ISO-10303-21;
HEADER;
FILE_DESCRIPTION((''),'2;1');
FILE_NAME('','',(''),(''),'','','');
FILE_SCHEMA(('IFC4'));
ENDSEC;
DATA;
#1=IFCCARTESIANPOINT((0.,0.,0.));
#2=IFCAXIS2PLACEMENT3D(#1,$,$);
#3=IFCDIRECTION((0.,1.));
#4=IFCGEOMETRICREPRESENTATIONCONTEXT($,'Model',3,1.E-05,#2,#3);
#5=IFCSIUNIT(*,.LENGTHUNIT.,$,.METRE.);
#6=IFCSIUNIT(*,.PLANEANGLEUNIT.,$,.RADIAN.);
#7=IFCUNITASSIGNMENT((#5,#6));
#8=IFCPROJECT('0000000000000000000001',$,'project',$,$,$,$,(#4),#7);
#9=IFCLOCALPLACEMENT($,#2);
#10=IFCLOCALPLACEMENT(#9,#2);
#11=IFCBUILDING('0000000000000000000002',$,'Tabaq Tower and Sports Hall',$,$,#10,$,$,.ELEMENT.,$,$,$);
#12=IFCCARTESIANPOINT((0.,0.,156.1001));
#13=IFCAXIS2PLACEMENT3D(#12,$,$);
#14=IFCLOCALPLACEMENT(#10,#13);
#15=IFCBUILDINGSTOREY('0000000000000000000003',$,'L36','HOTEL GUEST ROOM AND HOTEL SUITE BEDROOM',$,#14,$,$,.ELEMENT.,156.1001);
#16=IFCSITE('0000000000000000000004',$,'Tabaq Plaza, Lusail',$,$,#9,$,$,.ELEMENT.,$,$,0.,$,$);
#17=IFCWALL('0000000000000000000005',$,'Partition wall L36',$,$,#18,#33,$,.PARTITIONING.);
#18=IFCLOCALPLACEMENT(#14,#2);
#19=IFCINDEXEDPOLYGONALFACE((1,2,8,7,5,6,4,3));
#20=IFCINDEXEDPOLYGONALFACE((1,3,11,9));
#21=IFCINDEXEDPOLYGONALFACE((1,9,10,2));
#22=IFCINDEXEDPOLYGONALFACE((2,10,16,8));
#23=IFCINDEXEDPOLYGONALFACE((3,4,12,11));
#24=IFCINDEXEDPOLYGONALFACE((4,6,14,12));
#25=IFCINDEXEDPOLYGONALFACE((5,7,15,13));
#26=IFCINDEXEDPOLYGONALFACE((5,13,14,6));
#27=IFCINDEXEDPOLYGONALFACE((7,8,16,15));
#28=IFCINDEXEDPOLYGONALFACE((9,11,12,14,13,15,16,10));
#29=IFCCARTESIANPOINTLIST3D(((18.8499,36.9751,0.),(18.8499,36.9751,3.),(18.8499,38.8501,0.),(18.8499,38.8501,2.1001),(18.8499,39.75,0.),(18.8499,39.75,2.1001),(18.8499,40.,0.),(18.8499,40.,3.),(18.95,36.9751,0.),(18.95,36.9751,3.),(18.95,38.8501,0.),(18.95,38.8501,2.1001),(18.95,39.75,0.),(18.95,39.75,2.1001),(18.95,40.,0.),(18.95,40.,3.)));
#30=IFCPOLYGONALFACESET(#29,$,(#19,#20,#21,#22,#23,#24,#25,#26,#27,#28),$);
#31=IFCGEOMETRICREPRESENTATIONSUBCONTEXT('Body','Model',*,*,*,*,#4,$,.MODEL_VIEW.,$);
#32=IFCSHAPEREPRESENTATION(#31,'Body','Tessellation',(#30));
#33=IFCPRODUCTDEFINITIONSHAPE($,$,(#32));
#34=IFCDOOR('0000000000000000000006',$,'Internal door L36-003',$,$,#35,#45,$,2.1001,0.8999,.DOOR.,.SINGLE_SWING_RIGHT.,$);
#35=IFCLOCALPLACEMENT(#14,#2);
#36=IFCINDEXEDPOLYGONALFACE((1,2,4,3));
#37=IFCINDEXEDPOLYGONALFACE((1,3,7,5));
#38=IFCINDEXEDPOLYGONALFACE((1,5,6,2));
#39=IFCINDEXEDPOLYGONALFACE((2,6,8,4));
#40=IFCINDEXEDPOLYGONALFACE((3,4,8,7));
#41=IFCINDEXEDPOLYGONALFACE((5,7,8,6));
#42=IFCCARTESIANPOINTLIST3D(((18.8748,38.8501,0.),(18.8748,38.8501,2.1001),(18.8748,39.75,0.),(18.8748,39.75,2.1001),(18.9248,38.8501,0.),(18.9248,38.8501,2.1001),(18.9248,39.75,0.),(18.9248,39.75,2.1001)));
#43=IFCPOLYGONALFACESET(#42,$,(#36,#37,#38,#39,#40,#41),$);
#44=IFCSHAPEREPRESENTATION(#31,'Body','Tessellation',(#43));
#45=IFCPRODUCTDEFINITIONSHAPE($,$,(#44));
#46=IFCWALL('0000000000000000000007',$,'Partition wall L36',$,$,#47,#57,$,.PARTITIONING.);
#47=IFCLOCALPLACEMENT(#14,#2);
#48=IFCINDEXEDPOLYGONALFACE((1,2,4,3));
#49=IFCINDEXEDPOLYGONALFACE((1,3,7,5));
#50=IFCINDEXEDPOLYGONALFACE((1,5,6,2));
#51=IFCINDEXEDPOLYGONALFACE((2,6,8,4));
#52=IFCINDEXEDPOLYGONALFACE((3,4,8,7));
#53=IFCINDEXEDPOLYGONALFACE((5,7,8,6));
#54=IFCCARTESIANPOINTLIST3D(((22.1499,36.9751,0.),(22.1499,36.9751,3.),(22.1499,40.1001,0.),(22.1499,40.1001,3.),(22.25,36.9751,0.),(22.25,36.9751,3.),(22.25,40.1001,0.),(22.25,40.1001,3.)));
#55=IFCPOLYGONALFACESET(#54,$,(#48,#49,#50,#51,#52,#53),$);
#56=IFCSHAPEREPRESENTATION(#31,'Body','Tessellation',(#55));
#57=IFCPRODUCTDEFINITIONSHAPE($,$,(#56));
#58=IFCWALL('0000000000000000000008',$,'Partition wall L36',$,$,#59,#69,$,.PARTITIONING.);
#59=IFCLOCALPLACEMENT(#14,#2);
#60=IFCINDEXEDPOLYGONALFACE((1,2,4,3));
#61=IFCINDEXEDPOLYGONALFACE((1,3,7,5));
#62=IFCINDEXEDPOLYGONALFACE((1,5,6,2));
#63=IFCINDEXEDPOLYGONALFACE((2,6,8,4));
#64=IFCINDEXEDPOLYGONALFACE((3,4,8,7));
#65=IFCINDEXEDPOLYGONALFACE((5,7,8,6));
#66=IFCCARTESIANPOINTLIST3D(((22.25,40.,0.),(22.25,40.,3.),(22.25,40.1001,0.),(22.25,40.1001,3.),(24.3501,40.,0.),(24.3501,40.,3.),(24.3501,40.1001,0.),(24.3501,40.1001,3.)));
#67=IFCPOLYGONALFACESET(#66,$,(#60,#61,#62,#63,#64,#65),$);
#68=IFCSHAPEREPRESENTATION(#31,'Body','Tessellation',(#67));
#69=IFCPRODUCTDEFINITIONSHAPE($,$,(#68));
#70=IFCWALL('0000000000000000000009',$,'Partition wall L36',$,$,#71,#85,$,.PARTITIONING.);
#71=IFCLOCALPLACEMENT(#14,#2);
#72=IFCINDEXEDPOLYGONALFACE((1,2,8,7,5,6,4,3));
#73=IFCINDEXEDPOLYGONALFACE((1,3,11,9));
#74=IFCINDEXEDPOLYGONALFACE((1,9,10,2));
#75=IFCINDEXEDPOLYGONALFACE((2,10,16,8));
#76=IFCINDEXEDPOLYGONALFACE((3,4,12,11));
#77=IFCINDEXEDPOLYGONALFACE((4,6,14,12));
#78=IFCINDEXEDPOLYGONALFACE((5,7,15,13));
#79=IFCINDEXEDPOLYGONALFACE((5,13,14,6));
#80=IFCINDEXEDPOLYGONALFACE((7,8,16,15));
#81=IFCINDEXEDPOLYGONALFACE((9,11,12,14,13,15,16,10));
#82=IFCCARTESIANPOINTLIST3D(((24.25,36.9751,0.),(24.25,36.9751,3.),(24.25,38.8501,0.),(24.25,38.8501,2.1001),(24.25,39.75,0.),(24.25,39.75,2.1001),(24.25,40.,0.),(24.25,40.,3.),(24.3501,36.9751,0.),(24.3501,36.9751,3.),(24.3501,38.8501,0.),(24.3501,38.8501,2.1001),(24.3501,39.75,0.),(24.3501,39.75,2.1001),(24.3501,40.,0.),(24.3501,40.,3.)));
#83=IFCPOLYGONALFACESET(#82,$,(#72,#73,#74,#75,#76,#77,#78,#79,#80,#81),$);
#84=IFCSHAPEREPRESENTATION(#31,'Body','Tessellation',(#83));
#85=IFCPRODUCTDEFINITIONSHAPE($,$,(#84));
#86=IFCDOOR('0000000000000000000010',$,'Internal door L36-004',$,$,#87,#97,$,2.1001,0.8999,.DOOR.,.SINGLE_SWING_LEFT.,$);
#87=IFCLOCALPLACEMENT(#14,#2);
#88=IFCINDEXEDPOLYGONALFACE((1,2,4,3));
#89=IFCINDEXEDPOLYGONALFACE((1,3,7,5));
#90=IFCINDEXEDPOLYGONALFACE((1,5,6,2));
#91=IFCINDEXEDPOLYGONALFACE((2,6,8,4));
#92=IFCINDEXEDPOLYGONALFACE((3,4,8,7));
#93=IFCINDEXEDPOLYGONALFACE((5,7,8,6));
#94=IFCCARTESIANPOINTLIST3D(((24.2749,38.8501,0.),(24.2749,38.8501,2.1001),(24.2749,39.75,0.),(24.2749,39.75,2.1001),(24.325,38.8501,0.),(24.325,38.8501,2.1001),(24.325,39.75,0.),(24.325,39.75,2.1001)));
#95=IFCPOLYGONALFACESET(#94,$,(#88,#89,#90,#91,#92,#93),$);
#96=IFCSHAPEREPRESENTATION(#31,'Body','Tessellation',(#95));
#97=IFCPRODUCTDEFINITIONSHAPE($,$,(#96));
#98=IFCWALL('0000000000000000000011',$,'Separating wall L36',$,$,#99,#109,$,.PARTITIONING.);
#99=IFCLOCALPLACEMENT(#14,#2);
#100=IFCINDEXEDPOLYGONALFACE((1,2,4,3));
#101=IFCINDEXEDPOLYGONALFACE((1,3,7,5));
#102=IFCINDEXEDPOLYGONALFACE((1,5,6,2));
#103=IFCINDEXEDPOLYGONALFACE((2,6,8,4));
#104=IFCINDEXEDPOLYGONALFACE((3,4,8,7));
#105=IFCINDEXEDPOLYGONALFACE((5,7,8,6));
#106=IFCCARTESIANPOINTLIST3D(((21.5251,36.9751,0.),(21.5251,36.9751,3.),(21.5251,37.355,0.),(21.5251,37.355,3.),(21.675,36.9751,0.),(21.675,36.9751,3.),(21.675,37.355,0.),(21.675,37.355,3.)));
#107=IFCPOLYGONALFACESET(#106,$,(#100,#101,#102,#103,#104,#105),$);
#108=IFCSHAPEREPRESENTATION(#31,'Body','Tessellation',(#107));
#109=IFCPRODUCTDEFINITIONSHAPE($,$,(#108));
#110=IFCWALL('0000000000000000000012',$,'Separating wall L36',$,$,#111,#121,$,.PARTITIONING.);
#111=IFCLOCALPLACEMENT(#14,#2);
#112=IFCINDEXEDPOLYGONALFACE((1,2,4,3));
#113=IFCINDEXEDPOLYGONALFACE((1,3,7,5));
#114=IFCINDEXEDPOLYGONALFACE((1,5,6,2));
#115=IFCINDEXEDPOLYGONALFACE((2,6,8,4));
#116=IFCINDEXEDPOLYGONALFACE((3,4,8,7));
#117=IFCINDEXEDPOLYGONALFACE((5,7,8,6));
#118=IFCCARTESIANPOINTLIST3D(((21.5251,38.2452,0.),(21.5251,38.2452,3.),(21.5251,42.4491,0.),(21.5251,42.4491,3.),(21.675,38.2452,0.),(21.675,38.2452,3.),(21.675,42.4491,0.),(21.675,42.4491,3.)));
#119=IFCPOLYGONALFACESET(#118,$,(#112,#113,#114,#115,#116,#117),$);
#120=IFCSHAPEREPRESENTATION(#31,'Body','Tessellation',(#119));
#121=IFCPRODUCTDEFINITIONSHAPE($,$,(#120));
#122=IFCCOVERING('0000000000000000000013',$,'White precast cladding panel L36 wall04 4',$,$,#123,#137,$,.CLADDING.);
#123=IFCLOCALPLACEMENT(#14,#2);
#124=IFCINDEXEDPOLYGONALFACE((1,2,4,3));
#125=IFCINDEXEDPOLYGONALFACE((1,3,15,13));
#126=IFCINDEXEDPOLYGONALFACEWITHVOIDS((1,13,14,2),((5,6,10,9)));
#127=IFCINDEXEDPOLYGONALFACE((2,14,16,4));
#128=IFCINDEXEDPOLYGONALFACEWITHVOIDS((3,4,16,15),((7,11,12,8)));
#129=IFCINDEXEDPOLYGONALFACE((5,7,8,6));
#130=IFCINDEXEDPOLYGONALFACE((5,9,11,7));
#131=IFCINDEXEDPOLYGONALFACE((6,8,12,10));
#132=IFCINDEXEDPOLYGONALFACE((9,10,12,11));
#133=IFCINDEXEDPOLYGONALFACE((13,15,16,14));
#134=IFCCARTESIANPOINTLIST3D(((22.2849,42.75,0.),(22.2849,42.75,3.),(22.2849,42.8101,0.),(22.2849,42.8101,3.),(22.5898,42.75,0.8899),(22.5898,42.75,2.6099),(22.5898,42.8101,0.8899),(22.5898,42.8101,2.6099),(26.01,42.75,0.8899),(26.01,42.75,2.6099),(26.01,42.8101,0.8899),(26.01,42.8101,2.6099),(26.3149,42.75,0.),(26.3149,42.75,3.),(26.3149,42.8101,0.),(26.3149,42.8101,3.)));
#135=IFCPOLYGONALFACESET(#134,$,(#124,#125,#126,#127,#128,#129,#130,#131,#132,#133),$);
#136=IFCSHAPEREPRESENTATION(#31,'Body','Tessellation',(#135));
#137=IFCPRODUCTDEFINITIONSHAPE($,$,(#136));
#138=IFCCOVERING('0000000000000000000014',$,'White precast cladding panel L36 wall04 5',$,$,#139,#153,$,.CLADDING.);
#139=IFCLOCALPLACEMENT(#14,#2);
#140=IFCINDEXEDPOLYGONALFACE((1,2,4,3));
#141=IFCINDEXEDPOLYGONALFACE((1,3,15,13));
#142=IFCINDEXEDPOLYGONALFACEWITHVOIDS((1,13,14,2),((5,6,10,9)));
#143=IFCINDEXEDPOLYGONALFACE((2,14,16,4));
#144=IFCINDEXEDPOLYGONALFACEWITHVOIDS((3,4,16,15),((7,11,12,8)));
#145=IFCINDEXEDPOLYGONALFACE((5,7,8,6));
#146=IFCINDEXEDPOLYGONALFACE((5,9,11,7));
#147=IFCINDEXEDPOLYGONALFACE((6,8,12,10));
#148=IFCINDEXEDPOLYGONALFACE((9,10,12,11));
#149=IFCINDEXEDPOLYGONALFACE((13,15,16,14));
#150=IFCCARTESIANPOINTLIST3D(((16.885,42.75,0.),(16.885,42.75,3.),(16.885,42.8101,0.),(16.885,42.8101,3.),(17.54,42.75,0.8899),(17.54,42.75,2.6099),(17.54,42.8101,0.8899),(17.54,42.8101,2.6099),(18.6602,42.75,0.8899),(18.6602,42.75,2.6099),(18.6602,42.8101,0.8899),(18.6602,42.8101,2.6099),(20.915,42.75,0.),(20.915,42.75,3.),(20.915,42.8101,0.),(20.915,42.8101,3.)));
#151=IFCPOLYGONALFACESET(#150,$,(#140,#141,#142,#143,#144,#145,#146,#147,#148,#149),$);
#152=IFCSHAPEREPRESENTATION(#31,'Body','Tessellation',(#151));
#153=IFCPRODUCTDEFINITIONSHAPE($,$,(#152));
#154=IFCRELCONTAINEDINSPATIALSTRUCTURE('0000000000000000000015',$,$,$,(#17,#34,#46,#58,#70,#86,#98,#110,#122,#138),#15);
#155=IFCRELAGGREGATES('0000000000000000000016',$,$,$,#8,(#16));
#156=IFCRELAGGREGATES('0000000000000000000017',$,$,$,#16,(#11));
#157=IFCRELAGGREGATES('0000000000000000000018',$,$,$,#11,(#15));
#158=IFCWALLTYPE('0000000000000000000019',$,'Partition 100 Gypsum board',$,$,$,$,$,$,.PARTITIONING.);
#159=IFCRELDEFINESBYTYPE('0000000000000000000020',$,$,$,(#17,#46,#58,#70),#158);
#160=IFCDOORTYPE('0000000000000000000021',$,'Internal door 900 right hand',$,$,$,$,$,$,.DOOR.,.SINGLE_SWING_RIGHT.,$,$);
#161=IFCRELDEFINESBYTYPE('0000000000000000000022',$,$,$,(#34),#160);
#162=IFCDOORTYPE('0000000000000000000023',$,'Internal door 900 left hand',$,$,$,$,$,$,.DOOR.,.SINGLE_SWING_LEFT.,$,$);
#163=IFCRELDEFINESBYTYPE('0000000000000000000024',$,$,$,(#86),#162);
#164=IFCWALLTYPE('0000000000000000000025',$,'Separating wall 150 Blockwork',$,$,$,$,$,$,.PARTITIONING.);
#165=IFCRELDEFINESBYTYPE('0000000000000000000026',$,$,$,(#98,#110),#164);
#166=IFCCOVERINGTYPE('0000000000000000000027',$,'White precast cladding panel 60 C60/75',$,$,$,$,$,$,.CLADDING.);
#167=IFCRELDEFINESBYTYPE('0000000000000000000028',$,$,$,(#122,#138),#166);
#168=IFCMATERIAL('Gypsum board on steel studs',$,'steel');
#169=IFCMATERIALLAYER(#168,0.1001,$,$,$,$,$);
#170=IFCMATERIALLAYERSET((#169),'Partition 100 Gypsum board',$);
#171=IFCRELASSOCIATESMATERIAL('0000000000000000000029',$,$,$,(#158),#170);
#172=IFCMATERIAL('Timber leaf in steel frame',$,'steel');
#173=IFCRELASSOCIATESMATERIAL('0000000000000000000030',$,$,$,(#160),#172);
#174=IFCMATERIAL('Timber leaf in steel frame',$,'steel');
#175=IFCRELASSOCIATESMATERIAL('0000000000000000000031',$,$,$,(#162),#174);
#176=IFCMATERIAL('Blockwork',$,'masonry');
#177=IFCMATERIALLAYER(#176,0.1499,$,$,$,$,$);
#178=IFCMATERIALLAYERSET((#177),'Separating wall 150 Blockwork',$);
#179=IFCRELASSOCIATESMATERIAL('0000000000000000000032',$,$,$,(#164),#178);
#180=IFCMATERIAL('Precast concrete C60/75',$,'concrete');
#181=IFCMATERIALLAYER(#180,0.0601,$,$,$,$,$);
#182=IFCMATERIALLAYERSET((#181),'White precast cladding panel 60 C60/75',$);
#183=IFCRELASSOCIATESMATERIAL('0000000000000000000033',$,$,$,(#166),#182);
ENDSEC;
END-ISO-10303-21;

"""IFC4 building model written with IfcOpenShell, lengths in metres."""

from ifc_helpers import new_model, si_unit, direction, frame, frame_2d, origin, place, context, subcontext, project, spatial, polyline, rectangle, outline, extrude, material, layer, layer_set, type_object, element, fill, save


model = new_model("IFC4")

# Units and contexts
model_context = context("Model", 3, precision=1e-05, world=origin(), true_north=direction((0.0, 1.0)))
body_context = subcontext(model_context, "Body", "Model", "MODEL_VIEW")
ifc_project = project(units=[si_unit("LENGTHUNIT", "METRE"), si_unit("PLANEANGLEUNIT", "RADIAN")], contexts=[model_context])

# Site, building, storey
site_placement = place(None, origin())
site = spatial("IfcSite", under=ifc_project, at=site_placement, Name="Tabaq Plaza, Lusail", CompositionType="ELEMENT", RefElevation=0.0)
building_placement = place(site_placement, origin())
building = spatial("IfcBuilding", under=site, at=building_placement, Name="Tabaq Tower and Sports Hall", CompositionType="ELEMENT")
storey_placement = place(building_placement, frame((0.0, 0.0, 156.1001)))
storey = spatial("IfcBuildingStorey", under=building, at=storey_placement, Name="L36", Description="HOTEL GUEST ROOM AND HOTEL SUITE BEDROOM", CompositionType="ELEMENT", Elevation=156.1001)

# Shared definitions
ifc_material_1 = material(Name="Gypsum board on steel studs", Category="steel")
ifc_layer_1 = layer(ifc_material_1, 0.1001)
ifc_layer_set_1 = layer_set([ifc_layer_1], Name="Partition 100 Gypsum board")
wall_type_1 = type_object("IfcWallType", Name="Partition 100 Gypsum board", PredefinedType="PARTITIONING", material=ifc_layer_set_1)

# Wall, opening, door
wall_1_placement = place(storey_placement, frame((18.8999, 40.0, 0.0), z_axis=(0.0, 0.0, 1.0), x_axis=(0.0, -1.0, 0.0)))
wall_1 = element("IfcWall", 1, at=wall_1_placement, inside=storey, type_object=wall_type_1, Name="Partition wall L36", PredefinedType="PARTITIONING", context=body_context, shape_type="SweptSolid", body=[
    extrude(rectangle(XDim=3.0249, YDim=0.1001, at=frame_2d((1.5125, 0.0))), origin(), (0.0, 0.0, 1.0), 3.0),
])
opening_1_placement = place(wall_1_placement, frame((0.25, 0.0, 0.0)))
opening_1 = element("IfcOpeningElement", 2, at=opening_1_placement, cuts=wall_1, PredefinedType="OPENING", context=body_context, shape_type="SweptSolid", body=[
    extrude(rectangle(XDim=0.8999, YDim=2.1001, at=frame_2d((0.45, 1.05))), frame((0.0, 0.05, 0.0), z_axis=(0.0, -1.0, 0.0), x_axis=(1.0, 0.0, 0.0)), (0.0, 0.0, 1.0), 0.1001),
])
ifc_material_2 = material(Name="Timber leaf in steel frame", Category="steel")
door_type_1 = type_object("IfcDoorType", Name="Internal door 900 right hand", OperationType="SINGLE_SWING_RIGHT", PredefinedType="DOOR", material=ifc_material_2)
door_1_placement = place(opening_1_placement, origin())
door_1 = element("IfcDoor", 3, at=door_1_placement, inside=storey, type_object=door_type_1, Name="Internal door L36-003", OperationType="SINGLE_SWING_RIGHT", OverallHeight=2.1001, OverallWidth=0.8999, PredefinedType="DOOR", context=body_context, shape_type="SweptSolid", body=[
    extrude(rectangle(XDim=0.8999, YDim=2.1001, at=frame_2d((0.45, 1.05))), frame((0.0, 0.0249, 0.0), z_axis=(0.0, -1.0, 0.0), x_axis=(1.0, 0.0, 0.0)), (0.0, 0.0, 1.0), 0.05),
])
fill(opening_1, door_1)

# Walls
wall_2_placement = place(storey_placement, frame((22.2, 36.9751, 0.0), z_axis=(0.0, 0.0, 1.0), x_axis=(0.0, 1.0, 0.0)))
element("IfcWall", 4, at=wall_2_placement, inside=storey, type_object=wall_type_1, Name="Partition wall L36", PredefinedType="PARTITIONING", context=body_context, shape_type="SweptSolid", body=[
    extrude(rectangle(XDim=3.125, YDim=0.1001, at=frame_2d((1.5625, 0.0))), origin(), (0.0, 0.0, 1.0), 3.0),
])
wall_3_placement = place(storey_placement, frame((22.25, 40.05, 0.0), z_axis=(0.0, 0.0, 1.0), x_axis=(1.0, 0.0, 0.0)))
element("IfcWall", 5, at=wall_3_placement, inside=storey, type_object=wall_type_1, Name="Partition wall L36", PredefinedType="PARTITIONING", context=body_context, shape_type="SweptSolid", body=[
    extrude(rectangle(XDim=2.1001, YDim=0.1001, at=frame_2d((1.05, 0.0))), origin(), (0.0, 0.0, 1.0), 3.0),
])

# Wall, opening, door
wall_4_placement = place(storey_placement, frame((24.3, 40.0, 0.0), z_axis=(0.0, 0.0, 1.0), x_axis=(0.0, -1.0, 0.0)))
wall_4 = element("IfcWall", 6, at=wall_4_placement, inside=storey, type_object=wall_type_1, Name="Partition wall L36", PredefinedType="PARTITIONING", context=body_context, shape_type="SweptSolid", body=[
    extrude(rectangle(XDim=3.0249, YDim=0.1001, at=frame_2d((1.5125, 0.0))), origin(), (0.0, 0.0, 1.0), 3.0),
])
opening_2_placement = place(wall_4_placement, frame((0.25, 0.0, 0.0)))
opening_2 = element("IfcOpeningElement", 7, at=opening_2_placement, cuts=wall_4, PredefinedType="OPENING", context=body_context, shape_type="SweptSolid", body=[
    extrude(rectangle(XDim=0.8999, YDim=2.1001, at=frame_2d((0.45, 1.05))), frame((0.0, 0.05, 0.0), z_axis=(0.0, -1.0, 0.0), x_axis=(1.0, 0.0, 0.0)), (0.0, 0.0, 1.0), 0.1001),
])
ifc_material_3 = material(Name="Timber leaf in steel frame", Category="steel")
door_type_2 = type_object("IfcDoorType", Name="Internal door 900 left hand", OperationType="SINGLE_SWING_LEFT", PredefinedType="DOOR", material=ifc_material_3)
door_2_placement = place(opening_2_placement, origin())
door_2 = element("IfcDoor", 8, at=door_2_placement, inside=storey, type_object=door_type_2, Name="Internal door L36-004", OperationType="SINGLE_SWING_LEFT", OverallHeight=2.1001, OverallWidth=0.8999, PredefinedType="DOOR", context=body_context, shape_type="SweptSolid", body=[
    extrude(rectangle(XDim=0.8999, YDim=2.1001, at=frame_2d((0.45, 1.05))), frame((0.0, 0.0249, 0.0), z_axis=(0.0, -1.0, 0.0), x_axis=(1.0, 0.0, 0.0)), (0.0, 0.0, 1.0), 0.05),
])
fill(opening_2, door_2)

# Walls
ifc_material_4 = material(Name="Blockwork", Category="masonry")
ifc_layer_2 = layer(ifc_material_4, 0.1499)
ifc_layer_set_2 = layer_set([ifc_layer_2], Name="Separating wall 150 Blockwork")
wall_type_2 = type_object("IfcWallType", Name="Separating wall 150 Blockwork", PredefinedType="PARTITIONING", material=ifc_layer_set_2)
wall_5_placement = place(storey_placement, frame((21.6001, 36.9751, 0.0), z_axis=(0.0, 0.0, 1.0), x_axis=(0.0, 1.0, 0.0)))
element("IfcWall", 9, at=wall_5_placement, inside=storey, type_object=wall_type_2, Name="Separating wall L36", PredefinedType="PARTITIONING", context=body_context, shape_type="SweptSolid", body=[
    extrude(rectangle(XDim=0.3799, YDim=0.1499, at=frame_2d((0.1899, 0.0))), origin(), (0.0, 0.0, 1.0), 3.0),
])
wall_6_placement = place(storey_placement, frame((21.6001, 38.2451, 0.0), z_axis=(0.0, 0.0, 1.0), x_axis=(0.0, 1.0, 0.0)))
element("IfcWall", 10, at=wall_6_placement, inside=storey, type_object=wall_type_2, Name="Separating wall L36", PredefinedType="PARTITIONING", context=body_context, shape_type="SweptSolid", body=[
    extrude(rectangle(XDim=4.2039, YDim=0.1499, at=frame_2d((2.1021, 0.0))), origin(), (0.0, 0.0, 1.0), 3.0),
])

# Coverings
ifc_material_5 = material(Name="Precast concrete C60/75", Category="concrete")
ifc_layer_3 = layer(ifc_material_5, 0.0601)
ifc_layer_set_3 = layer_set([ifc_layer_3], Name="White precast cladding panel 60 C60/75")
covering_type = type_object("IfcCoveringType", Name="White precast cladding panel 60 C60/75", PredefinedType="CLADDING", material=ifc_layer_set_3)
covering_1_placement = place(storey_placement, frame((26.3149, 42.78, 0.0), z_axis=(0.0, 0.0, 1.0), x_axis=(-1.0, 0.0, 0.0)))
element("IfcCovering", 11, at=covering_1_placement, inside=storey, type_object=covering_type, Name="White precast cladding panel L36 wall04 4", PredefinedType="CLADDING", context=body_context, shape_type="SweptSolid", body=[
    extrude(outline(polyline([(0.0, 0.0), (4.03, 0.0), (4.03, 3.0), (0.0, 3.0), (0.0, 0.0)]), holes=[polyline([(0.3049, 0.8899), (0.3049, 2.6099), (3.7251, 2.6099), (3.7251, 0.8899), (0.3049, 0.8899)])]), frame((0.0, 0.03, 0.0), z_axis=(0.0, -1.0, 0.0), x_axis=(1.0, 0.0, 0.0)), (0.0, 0.0, 1.0), 0.0601),
])
covering_2_placement = place(storey_placement, frame((20.915, 42.78, 0.0), z_axis=(0.0, 0.0, 1.0), x_axis=(-1.0, 0.0, 0.0)))
element("IfcCovering", 12, at=covering_2_placement, inside=storey, type_object=covering_type, Name="White precast cladding panel L36 wall04 5", PredefinedType="CLADDING", context=body_context, shape_type="SweptSolid", body=[
    extrude(outline(polyline([(0.0, 0.0), (4.03, 0.0), (4.03, 3.0), (0.0, 3.0), (0.0, 0.0)]), holes=[polyline([(2.2549, 0.8899), (2.2549, 2.6099), (3.375, 2.6099), (3.375, 0.8899), (2.2549, 0.8899)])]), frame((0.0, 0.03, 0.0), z_axis=(0.0, -1.0, 0.0), x_axis=(1.0, 0.0, 0.0)), (0.0, 0.0, 1.0), 0.0601),
])

save(model, "model.ifc")
